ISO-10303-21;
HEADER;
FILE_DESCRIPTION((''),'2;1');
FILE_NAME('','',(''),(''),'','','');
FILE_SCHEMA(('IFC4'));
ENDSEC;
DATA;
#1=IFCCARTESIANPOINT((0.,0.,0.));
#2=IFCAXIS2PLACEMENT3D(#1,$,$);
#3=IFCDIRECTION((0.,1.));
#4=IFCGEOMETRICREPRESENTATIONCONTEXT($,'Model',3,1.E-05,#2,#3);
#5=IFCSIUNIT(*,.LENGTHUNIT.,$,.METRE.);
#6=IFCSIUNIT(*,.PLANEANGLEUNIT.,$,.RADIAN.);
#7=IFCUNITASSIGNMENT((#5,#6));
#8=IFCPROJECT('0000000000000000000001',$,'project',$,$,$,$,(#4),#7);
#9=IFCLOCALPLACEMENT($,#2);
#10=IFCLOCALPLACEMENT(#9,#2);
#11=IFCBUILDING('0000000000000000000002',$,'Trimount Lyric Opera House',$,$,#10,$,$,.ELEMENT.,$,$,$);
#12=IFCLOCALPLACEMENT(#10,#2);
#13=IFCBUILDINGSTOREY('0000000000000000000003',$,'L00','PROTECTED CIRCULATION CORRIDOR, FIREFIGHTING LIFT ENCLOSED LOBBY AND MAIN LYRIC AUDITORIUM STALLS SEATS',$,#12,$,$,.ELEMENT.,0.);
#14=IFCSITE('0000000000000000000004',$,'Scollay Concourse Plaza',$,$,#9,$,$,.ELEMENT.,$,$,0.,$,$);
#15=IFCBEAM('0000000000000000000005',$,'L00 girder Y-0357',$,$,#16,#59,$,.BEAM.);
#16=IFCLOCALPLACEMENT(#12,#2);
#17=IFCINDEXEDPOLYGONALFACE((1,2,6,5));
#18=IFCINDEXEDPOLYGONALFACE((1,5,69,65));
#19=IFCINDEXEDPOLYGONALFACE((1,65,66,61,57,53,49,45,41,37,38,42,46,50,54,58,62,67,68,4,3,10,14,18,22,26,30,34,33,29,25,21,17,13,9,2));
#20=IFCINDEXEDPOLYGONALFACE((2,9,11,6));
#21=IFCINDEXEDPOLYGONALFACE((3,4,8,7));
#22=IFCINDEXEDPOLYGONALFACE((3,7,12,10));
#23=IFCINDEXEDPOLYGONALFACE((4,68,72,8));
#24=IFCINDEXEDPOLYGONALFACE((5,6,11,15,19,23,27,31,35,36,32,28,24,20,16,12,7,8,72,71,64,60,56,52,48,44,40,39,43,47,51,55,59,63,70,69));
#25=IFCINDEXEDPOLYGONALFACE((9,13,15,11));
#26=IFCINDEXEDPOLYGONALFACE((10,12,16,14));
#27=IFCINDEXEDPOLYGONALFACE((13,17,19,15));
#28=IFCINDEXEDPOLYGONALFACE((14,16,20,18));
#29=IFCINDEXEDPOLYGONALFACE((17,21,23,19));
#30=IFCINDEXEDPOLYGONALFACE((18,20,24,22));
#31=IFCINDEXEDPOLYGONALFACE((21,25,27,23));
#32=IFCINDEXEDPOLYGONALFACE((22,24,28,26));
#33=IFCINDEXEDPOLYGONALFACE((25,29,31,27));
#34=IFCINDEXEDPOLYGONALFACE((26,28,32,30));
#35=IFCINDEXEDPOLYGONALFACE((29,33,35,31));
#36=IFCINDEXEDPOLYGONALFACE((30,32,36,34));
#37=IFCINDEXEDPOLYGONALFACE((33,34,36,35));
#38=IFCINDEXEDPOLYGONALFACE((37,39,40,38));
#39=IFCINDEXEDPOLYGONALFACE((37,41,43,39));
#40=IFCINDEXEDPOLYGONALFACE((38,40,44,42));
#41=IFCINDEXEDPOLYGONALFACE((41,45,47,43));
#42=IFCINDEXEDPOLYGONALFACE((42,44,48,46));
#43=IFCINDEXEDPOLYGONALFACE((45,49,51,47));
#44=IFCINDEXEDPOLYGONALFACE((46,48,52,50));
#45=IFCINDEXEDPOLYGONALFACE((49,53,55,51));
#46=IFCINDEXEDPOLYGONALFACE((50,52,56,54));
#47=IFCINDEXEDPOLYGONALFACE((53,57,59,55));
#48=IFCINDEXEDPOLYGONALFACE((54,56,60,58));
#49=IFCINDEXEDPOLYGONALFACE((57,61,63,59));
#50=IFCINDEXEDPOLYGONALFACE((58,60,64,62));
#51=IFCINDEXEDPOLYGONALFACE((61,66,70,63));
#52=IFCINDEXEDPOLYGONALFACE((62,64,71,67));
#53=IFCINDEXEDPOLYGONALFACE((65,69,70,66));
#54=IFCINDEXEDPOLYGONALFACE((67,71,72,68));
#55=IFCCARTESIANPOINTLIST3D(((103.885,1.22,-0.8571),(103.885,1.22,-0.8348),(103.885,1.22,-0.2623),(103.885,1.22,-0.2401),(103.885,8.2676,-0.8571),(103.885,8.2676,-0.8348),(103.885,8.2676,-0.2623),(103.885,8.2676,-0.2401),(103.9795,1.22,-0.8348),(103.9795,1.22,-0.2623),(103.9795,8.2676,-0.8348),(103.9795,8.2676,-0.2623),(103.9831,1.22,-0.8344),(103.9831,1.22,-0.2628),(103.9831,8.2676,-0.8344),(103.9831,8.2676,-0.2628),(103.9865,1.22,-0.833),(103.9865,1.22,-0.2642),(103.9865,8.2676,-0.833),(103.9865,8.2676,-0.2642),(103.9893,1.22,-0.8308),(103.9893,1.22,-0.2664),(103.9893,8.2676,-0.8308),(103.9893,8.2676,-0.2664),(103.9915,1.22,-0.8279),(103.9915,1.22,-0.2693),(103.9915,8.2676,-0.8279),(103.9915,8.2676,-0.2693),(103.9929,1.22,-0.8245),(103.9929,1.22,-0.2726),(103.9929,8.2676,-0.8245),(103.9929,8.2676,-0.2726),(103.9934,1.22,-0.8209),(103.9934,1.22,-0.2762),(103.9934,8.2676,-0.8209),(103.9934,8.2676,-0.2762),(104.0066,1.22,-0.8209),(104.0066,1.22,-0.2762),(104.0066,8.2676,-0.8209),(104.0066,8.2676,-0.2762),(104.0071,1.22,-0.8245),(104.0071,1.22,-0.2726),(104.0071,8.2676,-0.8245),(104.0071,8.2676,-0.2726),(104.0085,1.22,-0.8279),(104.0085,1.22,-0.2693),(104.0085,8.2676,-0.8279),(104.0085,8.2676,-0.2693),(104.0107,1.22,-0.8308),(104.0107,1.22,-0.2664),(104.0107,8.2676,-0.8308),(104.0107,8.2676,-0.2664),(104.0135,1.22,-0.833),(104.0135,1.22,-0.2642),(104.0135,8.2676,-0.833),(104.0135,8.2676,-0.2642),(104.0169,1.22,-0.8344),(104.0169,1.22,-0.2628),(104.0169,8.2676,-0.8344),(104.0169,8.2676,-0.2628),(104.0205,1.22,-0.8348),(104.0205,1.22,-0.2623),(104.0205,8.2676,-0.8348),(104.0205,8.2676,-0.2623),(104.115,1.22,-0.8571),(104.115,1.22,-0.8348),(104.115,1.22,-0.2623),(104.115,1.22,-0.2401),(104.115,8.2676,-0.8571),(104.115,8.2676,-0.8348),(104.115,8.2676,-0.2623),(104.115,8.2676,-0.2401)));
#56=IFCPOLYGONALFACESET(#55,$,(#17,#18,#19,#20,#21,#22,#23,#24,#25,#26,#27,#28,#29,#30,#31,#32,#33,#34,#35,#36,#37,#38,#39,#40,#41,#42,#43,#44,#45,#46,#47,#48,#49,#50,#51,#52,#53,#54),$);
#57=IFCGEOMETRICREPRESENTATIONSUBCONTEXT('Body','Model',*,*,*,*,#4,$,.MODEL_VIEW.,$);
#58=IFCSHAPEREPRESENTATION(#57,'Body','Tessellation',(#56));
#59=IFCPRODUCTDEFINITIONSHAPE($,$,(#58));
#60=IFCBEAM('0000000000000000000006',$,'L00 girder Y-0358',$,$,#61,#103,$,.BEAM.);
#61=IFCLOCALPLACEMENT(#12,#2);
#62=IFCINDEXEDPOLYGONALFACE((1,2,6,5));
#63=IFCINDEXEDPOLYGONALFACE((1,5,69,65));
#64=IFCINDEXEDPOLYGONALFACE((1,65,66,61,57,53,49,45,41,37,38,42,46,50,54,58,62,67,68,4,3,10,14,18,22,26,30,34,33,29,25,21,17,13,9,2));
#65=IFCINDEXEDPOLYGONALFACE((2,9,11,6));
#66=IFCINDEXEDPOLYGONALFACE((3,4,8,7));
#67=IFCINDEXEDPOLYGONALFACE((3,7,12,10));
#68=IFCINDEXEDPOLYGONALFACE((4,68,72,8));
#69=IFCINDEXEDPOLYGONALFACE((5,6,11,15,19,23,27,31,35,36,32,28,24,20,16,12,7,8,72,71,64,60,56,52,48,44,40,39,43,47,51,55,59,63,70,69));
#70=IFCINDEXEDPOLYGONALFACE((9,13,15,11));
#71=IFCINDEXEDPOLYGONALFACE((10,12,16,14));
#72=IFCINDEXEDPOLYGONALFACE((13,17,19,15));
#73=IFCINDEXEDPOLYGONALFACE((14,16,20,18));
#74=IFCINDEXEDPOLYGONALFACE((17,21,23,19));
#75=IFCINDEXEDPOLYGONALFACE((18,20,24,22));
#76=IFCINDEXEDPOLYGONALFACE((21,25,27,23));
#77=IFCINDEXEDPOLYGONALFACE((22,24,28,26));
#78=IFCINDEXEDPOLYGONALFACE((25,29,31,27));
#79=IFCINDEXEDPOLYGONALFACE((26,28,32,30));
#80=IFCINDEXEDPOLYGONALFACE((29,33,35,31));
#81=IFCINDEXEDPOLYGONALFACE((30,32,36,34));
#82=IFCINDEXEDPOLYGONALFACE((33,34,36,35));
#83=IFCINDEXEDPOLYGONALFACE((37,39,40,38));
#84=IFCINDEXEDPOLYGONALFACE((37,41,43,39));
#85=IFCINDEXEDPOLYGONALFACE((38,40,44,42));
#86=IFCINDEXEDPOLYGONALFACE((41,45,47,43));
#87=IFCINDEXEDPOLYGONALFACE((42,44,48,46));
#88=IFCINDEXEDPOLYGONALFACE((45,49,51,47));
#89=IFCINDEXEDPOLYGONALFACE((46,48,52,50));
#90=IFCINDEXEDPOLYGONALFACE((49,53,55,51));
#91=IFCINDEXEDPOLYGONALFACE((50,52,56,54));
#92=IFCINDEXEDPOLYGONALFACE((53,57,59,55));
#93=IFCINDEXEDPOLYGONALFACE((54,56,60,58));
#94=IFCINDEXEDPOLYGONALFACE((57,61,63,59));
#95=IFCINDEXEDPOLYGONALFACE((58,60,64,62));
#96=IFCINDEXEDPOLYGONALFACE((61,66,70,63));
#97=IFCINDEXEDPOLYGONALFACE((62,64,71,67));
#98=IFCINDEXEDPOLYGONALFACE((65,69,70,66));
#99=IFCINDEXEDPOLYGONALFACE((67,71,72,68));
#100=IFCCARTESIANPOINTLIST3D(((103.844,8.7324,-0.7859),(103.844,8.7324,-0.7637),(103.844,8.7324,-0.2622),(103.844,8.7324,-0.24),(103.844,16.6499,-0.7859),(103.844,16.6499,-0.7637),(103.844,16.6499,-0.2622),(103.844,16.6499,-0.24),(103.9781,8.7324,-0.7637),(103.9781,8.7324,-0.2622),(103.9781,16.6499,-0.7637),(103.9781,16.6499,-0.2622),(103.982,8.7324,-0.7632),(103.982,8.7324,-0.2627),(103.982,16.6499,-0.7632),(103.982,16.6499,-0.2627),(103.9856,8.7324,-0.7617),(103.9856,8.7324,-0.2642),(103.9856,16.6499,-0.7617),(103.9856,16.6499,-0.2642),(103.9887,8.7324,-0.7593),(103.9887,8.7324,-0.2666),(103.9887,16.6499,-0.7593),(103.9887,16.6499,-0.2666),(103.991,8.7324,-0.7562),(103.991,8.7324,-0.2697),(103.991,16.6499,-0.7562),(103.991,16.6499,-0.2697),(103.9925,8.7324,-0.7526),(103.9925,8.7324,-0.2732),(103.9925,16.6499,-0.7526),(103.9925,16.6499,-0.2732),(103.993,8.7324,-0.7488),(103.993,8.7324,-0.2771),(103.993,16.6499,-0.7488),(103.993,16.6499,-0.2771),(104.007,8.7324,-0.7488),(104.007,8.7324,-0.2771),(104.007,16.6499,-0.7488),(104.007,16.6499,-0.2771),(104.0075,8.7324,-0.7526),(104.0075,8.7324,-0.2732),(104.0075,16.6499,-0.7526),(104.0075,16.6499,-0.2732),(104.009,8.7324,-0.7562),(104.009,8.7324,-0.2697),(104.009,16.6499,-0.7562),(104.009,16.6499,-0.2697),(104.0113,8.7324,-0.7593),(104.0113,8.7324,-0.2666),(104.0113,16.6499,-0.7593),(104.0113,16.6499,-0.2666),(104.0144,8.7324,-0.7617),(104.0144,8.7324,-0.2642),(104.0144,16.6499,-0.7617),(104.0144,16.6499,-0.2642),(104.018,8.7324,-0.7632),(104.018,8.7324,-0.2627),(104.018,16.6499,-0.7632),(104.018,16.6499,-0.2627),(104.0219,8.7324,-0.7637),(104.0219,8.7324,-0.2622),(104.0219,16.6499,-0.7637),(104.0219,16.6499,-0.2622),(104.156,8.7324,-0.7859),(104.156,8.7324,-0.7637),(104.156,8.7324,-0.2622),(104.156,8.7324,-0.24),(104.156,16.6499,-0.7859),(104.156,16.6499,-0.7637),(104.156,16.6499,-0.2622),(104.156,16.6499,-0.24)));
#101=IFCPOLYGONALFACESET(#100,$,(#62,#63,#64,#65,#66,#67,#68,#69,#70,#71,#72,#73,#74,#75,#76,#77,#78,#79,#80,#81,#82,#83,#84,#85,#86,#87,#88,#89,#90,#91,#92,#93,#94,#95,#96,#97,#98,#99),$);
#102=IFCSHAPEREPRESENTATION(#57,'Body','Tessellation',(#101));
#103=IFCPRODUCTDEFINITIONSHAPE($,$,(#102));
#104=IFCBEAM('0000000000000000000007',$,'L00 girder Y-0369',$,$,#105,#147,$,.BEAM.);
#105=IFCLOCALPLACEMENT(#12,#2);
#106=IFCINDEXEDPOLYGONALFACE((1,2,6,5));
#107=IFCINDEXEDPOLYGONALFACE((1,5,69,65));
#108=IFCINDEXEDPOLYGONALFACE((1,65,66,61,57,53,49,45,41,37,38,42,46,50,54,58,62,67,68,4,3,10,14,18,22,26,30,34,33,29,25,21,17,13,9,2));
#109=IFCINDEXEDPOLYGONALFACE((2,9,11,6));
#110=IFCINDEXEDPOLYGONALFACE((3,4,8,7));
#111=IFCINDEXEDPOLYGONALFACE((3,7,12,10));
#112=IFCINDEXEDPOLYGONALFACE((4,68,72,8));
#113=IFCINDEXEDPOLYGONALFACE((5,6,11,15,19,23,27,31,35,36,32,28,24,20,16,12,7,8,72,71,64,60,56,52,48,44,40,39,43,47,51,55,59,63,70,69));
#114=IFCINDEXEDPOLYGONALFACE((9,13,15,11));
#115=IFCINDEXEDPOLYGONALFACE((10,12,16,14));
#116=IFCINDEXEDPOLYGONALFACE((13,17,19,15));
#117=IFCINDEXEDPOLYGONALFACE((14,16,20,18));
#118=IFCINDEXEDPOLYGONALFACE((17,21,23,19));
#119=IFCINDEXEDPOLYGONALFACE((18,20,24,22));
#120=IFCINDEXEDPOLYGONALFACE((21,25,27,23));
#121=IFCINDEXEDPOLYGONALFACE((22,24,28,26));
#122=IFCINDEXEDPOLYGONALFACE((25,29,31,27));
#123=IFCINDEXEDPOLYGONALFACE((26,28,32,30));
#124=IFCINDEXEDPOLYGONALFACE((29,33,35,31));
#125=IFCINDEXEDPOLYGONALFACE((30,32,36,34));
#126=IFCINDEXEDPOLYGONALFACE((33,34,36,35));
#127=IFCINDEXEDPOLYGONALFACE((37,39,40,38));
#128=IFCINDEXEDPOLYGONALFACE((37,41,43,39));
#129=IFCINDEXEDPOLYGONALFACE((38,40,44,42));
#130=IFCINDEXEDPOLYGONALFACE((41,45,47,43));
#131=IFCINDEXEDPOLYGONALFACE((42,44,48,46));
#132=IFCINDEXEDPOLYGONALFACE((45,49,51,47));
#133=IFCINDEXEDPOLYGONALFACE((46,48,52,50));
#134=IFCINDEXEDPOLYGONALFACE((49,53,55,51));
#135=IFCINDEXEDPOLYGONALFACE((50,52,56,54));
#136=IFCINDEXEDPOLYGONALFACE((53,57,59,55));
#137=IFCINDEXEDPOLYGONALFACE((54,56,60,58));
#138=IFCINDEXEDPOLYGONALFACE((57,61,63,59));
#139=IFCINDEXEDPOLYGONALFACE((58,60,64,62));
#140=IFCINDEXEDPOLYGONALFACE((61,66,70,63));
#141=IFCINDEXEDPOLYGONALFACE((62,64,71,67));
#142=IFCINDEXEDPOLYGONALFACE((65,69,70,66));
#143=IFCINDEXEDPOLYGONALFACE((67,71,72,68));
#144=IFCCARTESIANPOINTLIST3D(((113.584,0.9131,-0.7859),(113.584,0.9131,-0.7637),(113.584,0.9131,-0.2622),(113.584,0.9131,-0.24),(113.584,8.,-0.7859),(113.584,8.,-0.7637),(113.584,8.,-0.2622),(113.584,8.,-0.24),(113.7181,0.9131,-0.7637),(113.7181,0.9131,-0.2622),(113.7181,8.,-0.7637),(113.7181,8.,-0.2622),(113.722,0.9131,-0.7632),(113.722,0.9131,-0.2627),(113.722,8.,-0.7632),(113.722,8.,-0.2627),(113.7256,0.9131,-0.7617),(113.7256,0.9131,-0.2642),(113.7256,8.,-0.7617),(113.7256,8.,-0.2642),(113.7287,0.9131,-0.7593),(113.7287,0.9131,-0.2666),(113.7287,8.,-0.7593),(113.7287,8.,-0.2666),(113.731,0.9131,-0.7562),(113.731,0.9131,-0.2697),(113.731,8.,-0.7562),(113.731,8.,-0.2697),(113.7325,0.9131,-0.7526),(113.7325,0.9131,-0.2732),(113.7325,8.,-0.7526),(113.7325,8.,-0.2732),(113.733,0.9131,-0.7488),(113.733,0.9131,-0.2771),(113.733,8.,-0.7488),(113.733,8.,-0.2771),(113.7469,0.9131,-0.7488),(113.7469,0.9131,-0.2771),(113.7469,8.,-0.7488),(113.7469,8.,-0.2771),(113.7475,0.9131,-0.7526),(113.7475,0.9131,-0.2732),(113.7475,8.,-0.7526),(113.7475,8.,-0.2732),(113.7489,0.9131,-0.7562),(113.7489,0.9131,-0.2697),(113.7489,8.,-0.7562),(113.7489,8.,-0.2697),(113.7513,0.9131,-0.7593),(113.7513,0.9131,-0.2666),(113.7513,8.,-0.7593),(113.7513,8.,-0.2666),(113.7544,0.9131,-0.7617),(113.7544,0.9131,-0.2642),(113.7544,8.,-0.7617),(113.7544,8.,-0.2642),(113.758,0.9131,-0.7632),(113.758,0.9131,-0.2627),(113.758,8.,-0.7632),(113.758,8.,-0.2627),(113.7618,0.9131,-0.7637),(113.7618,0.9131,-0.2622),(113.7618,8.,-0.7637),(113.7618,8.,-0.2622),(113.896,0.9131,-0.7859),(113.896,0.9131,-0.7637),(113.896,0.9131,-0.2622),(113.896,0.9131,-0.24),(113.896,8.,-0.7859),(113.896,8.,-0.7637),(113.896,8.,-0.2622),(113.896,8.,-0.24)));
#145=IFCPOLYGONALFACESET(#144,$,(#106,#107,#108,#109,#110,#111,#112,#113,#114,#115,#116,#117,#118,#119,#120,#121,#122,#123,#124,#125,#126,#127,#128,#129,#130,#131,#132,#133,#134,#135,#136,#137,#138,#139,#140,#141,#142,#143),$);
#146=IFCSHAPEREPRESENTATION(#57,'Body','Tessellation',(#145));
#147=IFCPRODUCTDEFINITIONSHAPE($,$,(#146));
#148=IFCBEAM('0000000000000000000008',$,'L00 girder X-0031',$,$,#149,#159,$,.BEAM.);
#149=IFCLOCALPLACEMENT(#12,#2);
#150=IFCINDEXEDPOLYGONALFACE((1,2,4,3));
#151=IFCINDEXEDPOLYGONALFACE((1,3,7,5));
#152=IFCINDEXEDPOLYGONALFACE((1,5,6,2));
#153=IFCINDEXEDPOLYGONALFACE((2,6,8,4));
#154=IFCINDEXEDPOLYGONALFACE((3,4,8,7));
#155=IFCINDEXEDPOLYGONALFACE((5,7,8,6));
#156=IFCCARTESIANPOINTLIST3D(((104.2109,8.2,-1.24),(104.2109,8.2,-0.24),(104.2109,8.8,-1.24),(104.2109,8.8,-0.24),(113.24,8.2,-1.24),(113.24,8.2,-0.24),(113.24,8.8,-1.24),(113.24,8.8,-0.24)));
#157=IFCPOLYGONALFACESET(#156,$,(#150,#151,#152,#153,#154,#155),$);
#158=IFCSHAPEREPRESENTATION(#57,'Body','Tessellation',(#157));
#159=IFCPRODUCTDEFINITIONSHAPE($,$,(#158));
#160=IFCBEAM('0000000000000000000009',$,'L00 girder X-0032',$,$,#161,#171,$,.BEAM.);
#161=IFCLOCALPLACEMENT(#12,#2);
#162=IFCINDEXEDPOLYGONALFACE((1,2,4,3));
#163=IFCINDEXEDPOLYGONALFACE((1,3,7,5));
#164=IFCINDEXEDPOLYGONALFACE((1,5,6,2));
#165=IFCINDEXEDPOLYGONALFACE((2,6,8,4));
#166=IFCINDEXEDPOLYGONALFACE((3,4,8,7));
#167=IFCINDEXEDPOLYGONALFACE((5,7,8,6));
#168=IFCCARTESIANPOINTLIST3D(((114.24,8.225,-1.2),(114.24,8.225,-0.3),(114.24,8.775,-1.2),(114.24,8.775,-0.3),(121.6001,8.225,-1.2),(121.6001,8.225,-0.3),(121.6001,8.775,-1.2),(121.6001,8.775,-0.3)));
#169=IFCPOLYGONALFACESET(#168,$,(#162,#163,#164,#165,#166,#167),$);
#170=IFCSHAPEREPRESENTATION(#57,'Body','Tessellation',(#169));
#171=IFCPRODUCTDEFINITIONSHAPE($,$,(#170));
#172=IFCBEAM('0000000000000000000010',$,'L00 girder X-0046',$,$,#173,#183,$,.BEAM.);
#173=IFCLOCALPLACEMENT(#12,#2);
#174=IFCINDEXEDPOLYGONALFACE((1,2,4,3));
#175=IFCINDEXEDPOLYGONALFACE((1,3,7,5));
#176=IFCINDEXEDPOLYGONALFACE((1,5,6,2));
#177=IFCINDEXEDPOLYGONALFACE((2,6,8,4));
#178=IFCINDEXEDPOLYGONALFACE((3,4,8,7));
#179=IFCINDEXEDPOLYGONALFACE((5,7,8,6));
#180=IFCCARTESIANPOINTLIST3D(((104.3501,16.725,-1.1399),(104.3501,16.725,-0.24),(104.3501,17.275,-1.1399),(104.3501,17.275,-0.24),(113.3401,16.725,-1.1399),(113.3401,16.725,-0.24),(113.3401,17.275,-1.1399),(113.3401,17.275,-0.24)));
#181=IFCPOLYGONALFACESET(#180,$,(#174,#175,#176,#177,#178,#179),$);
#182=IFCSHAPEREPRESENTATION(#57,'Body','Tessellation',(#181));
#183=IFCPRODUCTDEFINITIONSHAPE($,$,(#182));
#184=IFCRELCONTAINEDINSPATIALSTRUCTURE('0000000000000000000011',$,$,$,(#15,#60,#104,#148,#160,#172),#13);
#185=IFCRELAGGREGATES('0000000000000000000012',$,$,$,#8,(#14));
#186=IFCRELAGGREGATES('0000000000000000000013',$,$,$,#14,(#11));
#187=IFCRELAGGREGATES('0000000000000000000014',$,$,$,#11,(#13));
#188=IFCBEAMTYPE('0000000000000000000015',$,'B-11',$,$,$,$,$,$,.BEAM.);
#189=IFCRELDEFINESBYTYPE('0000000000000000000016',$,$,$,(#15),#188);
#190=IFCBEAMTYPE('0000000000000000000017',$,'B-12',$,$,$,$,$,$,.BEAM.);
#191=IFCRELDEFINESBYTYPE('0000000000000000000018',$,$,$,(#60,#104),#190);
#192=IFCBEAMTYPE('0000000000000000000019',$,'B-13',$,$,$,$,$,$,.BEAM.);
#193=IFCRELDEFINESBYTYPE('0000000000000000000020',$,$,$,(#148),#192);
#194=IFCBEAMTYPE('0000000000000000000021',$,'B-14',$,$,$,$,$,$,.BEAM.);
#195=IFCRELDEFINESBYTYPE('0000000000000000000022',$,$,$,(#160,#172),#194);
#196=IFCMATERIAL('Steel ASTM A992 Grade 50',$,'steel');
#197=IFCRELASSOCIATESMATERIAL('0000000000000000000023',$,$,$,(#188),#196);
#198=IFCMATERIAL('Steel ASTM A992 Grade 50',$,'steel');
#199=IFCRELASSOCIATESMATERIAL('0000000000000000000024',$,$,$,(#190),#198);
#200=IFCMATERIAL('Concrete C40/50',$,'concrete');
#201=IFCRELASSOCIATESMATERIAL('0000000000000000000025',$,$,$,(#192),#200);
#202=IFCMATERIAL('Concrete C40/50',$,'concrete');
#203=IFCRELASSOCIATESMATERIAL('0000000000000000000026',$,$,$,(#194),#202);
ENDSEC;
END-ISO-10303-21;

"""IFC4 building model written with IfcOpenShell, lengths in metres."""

from ifc_helpers import new_model, si_unit, direction, frame, origin, origin_2d, place, context, subcontext, project, spatial, rectangle, i_section, extrude, material, material_profile, profile_set, type_object, element, save


model = new_model("IFC4")

# Units and contexts
model_context = context("Model", 3, precision=1e-05, world=origin(), true_north=direction((0.0, 1.0)))
body_context = subcontext(model_context, "Body", "Model", "MODEL_VIEW")
ifc_project = project(units=[si_unit("LENGTHUNIT", "METRE"), si_unit("PLANEANGLEUNIT", "RADIAN")], contexts=[model_context])

# Site, building, storey
site_placement = place(None, origin())
site = spatial("IfcSite", under=ifc_project, at=site_placement, Name="Scollay Concourse Plaza", CompositionType="ELEMENT", RefElevation=0.0)
building_placement = place(site_placement, origin())
building = spatial("IfcBuilding", under=site, at=building_placement, Name="Trimount Lyric Opera House", CompositionType="ELEMENT")
storey_placement = place(building_placement, origin())
storey = spatial("IfcBuildingStorey", under=building, at=storey_placement, Name="L00", Description="PROTECTED CIRCULATION CORRIDOR, FIREFIGHTING LIFT ENCLOSED LOBBY AND MAIN LYRIC AUDITORIUM STALLS SEATS", CompositionType="ELEMENT", Elevation=0.0)

# Beams
ifc_material_1 = material(Name="Steel ASTM A992 Grade 50", Category="steel")
ifc_material_profile_1 = material_profile(ifc_material_1, i_section(OverallWidth=0.23, OverallDepth=0.6169, WebThickness=0.0132, FlangeThickness=0.0222, FilletRadius=0.0139, at=origin_2d()), Name="W24X94")
ifc_profile_set_1 = profile_set([ifc_material_profile_1], Name="Steel ASTM A992 Grade 50")
beam_type_1 = type_object("IfcBeamType", Name="B-11", PredefinedType="BEAM", material=ifc_profile_set_1)
beam_1_placement = place(storey_placement, frame((104.0, 1.22, -0.5486), z_axis=(0.0, 1.0, 0.0), x_axis=(-1.0, 0.0, 0.0)))
element("IfcBeam", 1, at=beam_1_placement, inside=storey, type_object=beam_type_1, Name="L00 girder Y-0357", PredefinedType="BEAM", context=body_context, shape_type="SweptSolid", body=[
    extrude(i_section(OverallWidth=0.23, OverallDepth=0.6169, WebThickness=0.0132, FlangeThickness=0.0222, FilletRadius=0.0139, at=origin_2d()), origin(), (0.0, 0.0, 1.0), 7.0476),
])
ifc_material_2 = material(Name="Steel ASTM A992 Grade 50", Category="steel")
ifc_material_profile_2 = material_profile(ifc_material_2, i_section(OverallWidth=0.312, OverallDepth=0.5459, WebThickness=0.0139, FlangeThickness=0.0222, FilletRadius=0.0149, at=origin_2d()), Name="W21X111")
ifc_profile_set_2 = profile_set([ifc_material_profile_2], Name="Steel ASTM A992 Grade 50")
beam_type_2 = type_object("IfcBeamType", Name="B-12", PredefinedType="BEAM", material=ifc_profile_set_2)
beam_2_placement = place(storey_placement, frame((104.0, 8.7324, -0.5129), z_axis=(0.0, 1.0, 0.0), x_axis=(-1.0, 0.0, 0.0)))
element("IfcBeam", 2, at=beam_2_placement, inside=storey, type_object=beam_type_2, Name="L00 girder Y-0358", PredefinedType="BEAM", context=body_context, shape_type="SweptSolid", body=[
    extrude(i_section(OverallWidth=0.312, OverallDepth=0.5459, WebThickness=0.0139, FlangeThickness=0.0222, FilletRadius=0.0149, at=origin_2d()), origin(), (0.0, 0.0, 1.0), 7.9175),
])
beam_3_placement = place(storey_placement, frame((113.74, 0.9131, -0.5129), z_axis=(0.0, 1.0, 0.0), x_axis=(-1.0, 0.0, 0.0)))
element("IfcBeam", 3, at=beam_3_placement, inside=storey, type_object=beam_type_2, Name="L00 girder Y-0369", PredefinedType="BEAM", context=body_context, shape_type="SweptSolid", body=[
    extrude(i_section(OverallWidth=0.312, OverallDepth=0.5459, WebThickness=0.0139, FlangeThickness=0.0222, FilletRadius=0.0149, at=origin_2d()), origin(), (0.0, 0.0, 1.0), 7.0869),
])
ifc_material_3 = material(Name="Concrete C40/50", Category="concrete")
ifc_material_profile_3 = material_profile(ifc_material_3, rectangle(XDim=0.6001, YDim=1.0, at=origin_2d()), Name="RC600X1000")
ifc_profile_set_3 = profile_set([ifc_material_profile_3], Name="Concrete C40/50")
beam_type_3 = type_object("IfcBeamType", Name="B-13", PredefinedType="BEAM", material=ifc_profile_set_3)
beam_4_placement = place(storey_placement, frame((104.2109, 8.5, -0.74), z_axis=(1.0, 0.0, 0.0), x_axis=(0.0, 1.0, 0.0)))
element("IfcBeam", 4, at=beam_4_placement, inside=storey, type_object=beam_type_3, Name="L00 girder X-0031", PredefinedType="BEAM", context=body_context, shape_type="SweptSolid", body=[
    extrude(rectangle(XDim=0.6001, YDim=1.0, at=origin_2d()), origin(), (0.0, 0.0, 1.0), 9.0291),
])
ifc_material_4 = material(Name="Concrete C40/50", Category="concrete")
ifc_material_profile_4 = material_profile(ifc_material_4, rectangle(XDim=0.55, YDim=0.8999, at=origin_2d()), Name="RC550X900")
ifc_profile_set_4 = profile_set([ifc_material_profile_4], Name="Concrete C40/50")
beam_type_4 = type_object("IfcBeamType", Name="B-14", PredefinedType="BEAM", material=ifc_profile_set_4)
beam_5_placement = place(storey_placement, frame((114.24, 8.5, -0.75), z_axis=(1.0, 0.0, 0.0), x_axis=(0.0, 1.0, 0.0)))
element("IfcBeam", 5, at=beam_5_placement, inside=storey, type_object=beam_type_4, Name="L00 girder X-0032", PredefinedType="BEAM", context=body_context, shape_type="SweptSolid", body=[
    extrude(rectangle(XDim=0.55, YDim=0.8999, at=origin_2d()), origin(), (0.0, 0.0, 1.0), 7.3601),
])
beam_6_placement = place(storey_placement, frame((104.3501, 17.0, -0.6899), z_axis=(1.0, 0.0, 0.0), x_axis=(0.0, 1.0, 0.0)))
element("IfcBeam", 6, at=beam_6_placement, inside=storey, type_object=beam_type_4, Name="L00 girder X-0046", PredefinedType="BEAM", context=body_context, shape_type="SweptSolid", body=[
    extrude(rectangle(XDim=0.55, YDim=0.8999, at=origin_2d()), origin(), (0.0, 0.0, 1.0), 8.99),
])

save(model, "model.ifc")
